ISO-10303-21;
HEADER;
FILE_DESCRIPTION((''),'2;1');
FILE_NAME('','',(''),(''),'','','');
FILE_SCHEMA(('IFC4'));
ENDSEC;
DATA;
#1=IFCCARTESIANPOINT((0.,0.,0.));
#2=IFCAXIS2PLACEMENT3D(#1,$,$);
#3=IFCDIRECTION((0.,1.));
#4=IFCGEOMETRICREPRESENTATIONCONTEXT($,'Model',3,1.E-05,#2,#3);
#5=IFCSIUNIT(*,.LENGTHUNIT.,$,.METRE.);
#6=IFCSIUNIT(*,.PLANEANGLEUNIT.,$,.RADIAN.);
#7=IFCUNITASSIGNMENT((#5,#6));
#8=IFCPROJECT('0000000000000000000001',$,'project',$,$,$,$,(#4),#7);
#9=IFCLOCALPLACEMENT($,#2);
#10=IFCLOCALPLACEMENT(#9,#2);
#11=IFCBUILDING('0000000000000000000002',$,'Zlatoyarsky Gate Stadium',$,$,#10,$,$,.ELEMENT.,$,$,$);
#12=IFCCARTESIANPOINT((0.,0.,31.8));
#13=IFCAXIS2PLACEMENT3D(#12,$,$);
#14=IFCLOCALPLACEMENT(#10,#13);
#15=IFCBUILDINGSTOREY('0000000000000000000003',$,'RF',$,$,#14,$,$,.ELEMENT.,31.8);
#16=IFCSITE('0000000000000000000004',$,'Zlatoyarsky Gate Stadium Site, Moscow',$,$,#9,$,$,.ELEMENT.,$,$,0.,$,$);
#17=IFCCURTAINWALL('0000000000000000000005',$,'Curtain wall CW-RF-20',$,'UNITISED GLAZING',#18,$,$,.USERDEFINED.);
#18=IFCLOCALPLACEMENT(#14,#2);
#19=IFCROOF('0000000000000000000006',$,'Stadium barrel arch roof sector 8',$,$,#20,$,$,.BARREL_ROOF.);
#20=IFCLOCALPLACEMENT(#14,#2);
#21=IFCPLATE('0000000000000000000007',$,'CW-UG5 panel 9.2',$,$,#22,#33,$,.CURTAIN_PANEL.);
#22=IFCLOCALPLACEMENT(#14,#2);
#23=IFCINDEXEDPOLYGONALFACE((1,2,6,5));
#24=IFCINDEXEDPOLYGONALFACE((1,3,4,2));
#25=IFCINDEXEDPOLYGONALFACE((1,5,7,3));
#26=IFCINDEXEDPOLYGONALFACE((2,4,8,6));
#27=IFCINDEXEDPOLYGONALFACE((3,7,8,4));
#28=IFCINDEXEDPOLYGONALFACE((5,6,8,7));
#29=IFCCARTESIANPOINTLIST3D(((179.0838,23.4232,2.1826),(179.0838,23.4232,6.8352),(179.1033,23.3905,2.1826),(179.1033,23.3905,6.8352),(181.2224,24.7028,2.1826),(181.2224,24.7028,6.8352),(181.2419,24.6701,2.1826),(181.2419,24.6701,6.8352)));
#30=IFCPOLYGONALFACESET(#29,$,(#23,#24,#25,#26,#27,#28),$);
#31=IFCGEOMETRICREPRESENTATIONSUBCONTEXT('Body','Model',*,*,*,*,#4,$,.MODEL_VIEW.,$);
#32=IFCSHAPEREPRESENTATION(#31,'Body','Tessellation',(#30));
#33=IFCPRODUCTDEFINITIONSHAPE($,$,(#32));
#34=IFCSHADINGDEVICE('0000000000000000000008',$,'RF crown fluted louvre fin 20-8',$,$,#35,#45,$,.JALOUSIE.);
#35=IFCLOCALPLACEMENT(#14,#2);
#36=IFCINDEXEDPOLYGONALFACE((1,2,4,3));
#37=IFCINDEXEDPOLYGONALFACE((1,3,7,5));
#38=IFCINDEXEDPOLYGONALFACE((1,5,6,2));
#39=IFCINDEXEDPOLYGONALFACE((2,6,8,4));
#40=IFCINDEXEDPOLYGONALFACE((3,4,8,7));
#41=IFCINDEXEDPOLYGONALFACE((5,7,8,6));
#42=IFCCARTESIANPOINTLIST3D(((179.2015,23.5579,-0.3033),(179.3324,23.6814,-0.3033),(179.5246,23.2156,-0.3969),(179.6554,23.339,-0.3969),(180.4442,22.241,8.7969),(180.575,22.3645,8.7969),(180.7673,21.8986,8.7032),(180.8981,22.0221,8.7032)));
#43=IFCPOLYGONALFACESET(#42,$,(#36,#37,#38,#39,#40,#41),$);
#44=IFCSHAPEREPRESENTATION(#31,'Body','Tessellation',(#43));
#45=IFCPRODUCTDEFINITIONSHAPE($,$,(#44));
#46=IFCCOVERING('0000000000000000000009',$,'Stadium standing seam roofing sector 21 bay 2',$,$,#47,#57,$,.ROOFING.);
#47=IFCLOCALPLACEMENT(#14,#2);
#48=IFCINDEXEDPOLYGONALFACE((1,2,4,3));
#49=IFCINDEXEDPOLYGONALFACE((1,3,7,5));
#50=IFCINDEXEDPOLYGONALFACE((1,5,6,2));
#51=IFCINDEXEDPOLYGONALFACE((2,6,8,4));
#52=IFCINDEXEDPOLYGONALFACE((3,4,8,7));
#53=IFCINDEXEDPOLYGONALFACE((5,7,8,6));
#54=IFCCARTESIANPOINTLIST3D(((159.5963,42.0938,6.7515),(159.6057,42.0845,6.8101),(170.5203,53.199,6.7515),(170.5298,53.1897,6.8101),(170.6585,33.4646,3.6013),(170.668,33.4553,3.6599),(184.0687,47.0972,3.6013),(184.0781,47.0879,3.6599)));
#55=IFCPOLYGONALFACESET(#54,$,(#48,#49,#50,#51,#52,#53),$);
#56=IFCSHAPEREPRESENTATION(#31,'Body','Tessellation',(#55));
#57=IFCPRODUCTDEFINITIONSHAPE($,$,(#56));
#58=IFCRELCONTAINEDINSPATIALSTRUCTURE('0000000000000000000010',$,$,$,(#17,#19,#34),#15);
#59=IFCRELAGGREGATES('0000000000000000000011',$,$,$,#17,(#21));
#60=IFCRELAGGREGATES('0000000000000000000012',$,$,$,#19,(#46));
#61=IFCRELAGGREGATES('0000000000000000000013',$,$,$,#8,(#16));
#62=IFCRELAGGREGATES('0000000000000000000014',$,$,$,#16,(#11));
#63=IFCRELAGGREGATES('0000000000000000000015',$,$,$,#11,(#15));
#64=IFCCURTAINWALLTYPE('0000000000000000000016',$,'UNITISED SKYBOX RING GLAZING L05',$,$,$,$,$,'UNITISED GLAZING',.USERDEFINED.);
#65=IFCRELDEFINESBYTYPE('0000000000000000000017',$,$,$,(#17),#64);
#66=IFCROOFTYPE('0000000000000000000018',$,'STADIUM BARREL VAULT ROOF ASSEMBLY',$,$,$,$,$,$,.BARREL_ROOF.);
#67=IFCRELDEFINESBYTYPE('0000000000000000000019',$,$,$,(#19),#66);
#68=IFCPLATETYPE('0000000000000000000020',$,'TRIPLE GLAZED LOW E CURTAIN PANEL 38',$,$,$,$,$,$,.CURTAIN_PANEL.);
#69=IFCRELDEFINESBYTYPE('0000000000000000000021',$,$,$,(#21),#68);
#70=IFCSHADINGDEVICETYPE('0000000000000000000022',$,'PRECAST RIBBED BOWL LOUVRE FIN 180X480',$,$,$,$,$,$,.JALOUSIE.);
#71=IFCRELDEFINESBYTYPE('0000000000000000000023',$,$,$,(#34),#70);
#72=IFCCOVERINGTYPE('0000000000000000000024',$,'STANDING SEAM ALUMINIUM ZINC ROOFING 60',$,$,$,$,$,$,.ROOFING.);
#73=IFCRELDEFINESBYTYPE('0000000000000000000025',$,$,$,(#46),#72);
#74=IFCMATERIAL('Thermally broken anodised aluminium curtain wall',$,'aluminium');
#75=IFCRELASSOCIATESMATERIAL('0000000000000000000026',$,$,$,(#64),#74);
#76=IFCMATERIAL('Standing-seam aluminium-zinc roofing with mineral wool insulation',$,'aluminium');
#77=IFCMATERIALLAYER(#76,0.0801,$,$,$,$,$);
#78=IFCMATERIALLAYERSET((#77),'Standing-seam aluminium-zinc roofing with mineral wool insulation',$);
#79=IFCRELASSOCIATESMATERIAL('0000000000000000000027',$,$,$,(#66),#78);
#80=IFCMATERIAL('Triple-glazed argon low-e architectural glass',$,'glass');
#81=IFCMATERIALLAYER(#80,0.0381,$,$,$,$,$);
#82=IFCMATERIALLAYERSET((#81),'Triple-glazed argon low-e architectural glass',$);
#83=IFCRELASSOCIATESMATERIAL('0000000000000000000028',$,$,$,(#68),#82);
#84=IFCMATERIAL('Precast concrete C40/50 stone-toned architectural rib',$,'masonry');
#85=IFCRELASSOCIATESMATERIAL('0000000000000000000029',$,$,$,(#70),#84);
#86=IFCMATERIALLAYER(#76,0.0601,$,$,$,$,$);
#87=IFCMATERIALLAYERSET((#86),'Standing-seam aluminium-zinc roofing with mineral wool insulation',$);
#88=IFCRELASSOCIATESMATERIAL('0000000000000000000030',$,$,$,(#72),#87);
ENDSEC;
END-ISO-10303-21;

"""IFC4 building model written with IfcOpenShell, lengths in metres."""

from ifc_helpers import new_model, si_unit, direction, frame, origin, origin_2d, place, context, subcontext, project, spatial, polyline, rectangle, outline, extrude, material, layer, layer_set, material_profile, profile_set, type_object, element, aggregate, save


model = new_model("IFC4")

# Units and contexts
model_context = context("Model", 3, precision=1e-05, world=origin(), true_north=direction((0.0, 1.0)))
body_context = subcontext(model_context, "Body", "Model", "MODEL_VIEW")
ifc_project = project(units=[si_unit("LENGTHUNIT", "METRE"), si_unit("PLANEANGLEUNIT", "RADIAN")], contexts=[model_context])

# Site, building, storey
site_placement = place(None, origin())
site = spatial("IfcSite", under=ifc_project, at=site_placement, Name="Zlatoyarsky Gate Stadium Site, Moscow", CompositionType="ELEMENT", RefElevation=0.0)
building_placement = place(site_placement, origin())
building = spatial("IfcBuilding", under=site, at=building_placement, Name="Zlatoyarsky Gate Stadium", CompositionType="ELEMENT")
storey_placement = place(building_placement, frame((0.0, 0.0, 31.8)))
storey = spatial("IfcBuildingStorey", under=building, at=storey_placement, Name="RF", CompositionType="ELEMENT", Elevation=31.8)

# Curtain wall
ifc_material_1 = material(Name="Thermally broken anodised aluminium curtain wall", Category="aluminium")
curtain_wall_type = type_object("IfcCurtainWallType", Name="UNITISED SKYBOX RING GLAZING L05", ElementType="UNITISED GLAZING", PredefinedType="USERDEFINED", material=ifc_material_1)
curtain_wall_placement = place(storey_placement, origin())
curtain_wall = element("IfcCurtainWall", 1, at=curtain_wall_placement, inside=storey, type_object=curtain_wall_type, Name="Curtain wall CW-RF-20", ObjectType="UNITISED GLAZING", PredefinedType="USERDEFINED")

# Roof
ifc_material_2 = material(Name="Standing-seam aluminium-zinc roofing with mineral wool insulation", Category="aluminium")
ifc_layer_1 = layer(ifc_material_2, 0.0801)
ifc_layer_set_1 = layer_set([ifc_layer_1], Name="Standing-seam aluminium-zinc roofing with mineral wool insulation")
roof_type = type_object("IfcRoofType", Name="STADIUM BARREL VAULT ROOF ASSEMBLY", PredefinedType="BARREL_ROOF", material=ifc_layer_set_1)
roof_placement = place(storey_placement, origin())
roof = element("IfcRoof", 2, at=roof_placement, inside=storey, type_object=roof_type, Name="Stadium barrel arch roof sector 8", PredefinedType="BARREL_ROOF")

# Plate
ifc_material_3 = material(Name="Triple-glazed argon low-e architectural glass", Category="glass")
ifc_layer_2 = layer(ifc_material_3, 0.0381)
ifc_layer_set_2 = layer_set([ifc_layer_2], Name="Triple-glazed argon low-e architectural glass")
plate_type_1 = type_object("IfcPlateType", Name="TRIPLE GLAZED LOW E CURTAIN PANEL 38", PredefinedType="CURTAIN_PANEL", material=ifc_layer_set_2)
plate_1_placement = place(storey_placement, frame((180.1628, 24.0466, 2.1826), z_axis=(0.0, 0.0, 1.0), x_axis=(0.858128, 0.513436, 0.0)))
plate_1 = element("IfcPlate", 3, at=plate_1_placement, type_object=plate_type_1, Name="CW-UG5 panel 9.2", PredefinedType="CURTAIN_PANEL", context=body_context, shape_type="SweptSolid", body=[
    extrude(rectangle(XDim=2.4922, YDim=0.0381, at=origin_2d()), origin(), (0.0, 0.0, 1.0), 4.6526),
])
aggregate(curtain_wall, [plate_1])

# Shading device
ifc_material_4 = material(Name="Precast concrete C40/50 stone-toned architectural rib", Category="masonry")
ifc_material_profile_1 = material_profile(ifc_material_4, rectangle(XDim=0.1799, YDim=0.48, at=origin_2d()), Name="RIB 180X480")
ifc_profile_set_1 = profile_set([ifc_material_profile_1], Name="Precast concrete C40/50 stone-toned architectural rib")
shading_device_type = type_object("IfcShadingDeviceType", Name="PRECAST RIBBED BOWL LOUVRE FIN 180X480", PredefinedType="JALOUSIE", material=ifc_profile_set_1)
shading_device_placement = place(storey_placement, frame((179.4285, 23.4485, -0.3501), z_axis=(0.133931, -0.14193, 0.980774), x_axis=(0.727305, 0.686315, 0.0)))
element("IfcShadingDevice", 4, at=shading_device_placement, inside=storey, type_object=shading_device_type, Name="RF crown fluted louvre fin 20-8", PredefinedType="JALOUSIE", context=body_context, shape_type="SweptSolid", body=[
    extrude(rectangle(XDim=0.1799, YDim=0.48, at=origin_2d()), origin(), (0.0, 0.0, 1.0), 9.2786),
])

# Covering
ifc_layer_3 = layer(ifc_material_2, 0.0601)
ifc_layer_set_3 = layer_set([ifc_layer_3], Name="Standing-seam aluminium-zinc roofing with mineral wool insulation")
covering_type = type_object("IfcCoveringType", Name="STANDING SEAM ALUMINIUM ZINC ROOFING 60", PredefinedType="ROOFING", material=ifc_layer_set_3)
covering_placement = place(storey_placement, frame((170.668, 33.4553, 3.6599), z_axis=(0.157163, -0.1546, 0.975397), x_axis=(0.701268, 0.712898, 0.0)))
covering = element("IfcCovering", 5, at=covering_placement, type_object=covering_type, Name="Stadium standing seam roofing sector 21 bay 2", PredefinedType="ROOFING", context=body_context, shape_type="SweptSolid", body=[
    extrude(outline(polyline([(0.0, 0.0), (19.1227, 0.0), (13.9717, 14.2891), (-1.6059, 14.2892), (0.0, 0.0)])), origin(), (0.0, 0.0, -1.0), 0.0601),
])
aggregate(roof, [covering])

save(model, "model.ifc")
